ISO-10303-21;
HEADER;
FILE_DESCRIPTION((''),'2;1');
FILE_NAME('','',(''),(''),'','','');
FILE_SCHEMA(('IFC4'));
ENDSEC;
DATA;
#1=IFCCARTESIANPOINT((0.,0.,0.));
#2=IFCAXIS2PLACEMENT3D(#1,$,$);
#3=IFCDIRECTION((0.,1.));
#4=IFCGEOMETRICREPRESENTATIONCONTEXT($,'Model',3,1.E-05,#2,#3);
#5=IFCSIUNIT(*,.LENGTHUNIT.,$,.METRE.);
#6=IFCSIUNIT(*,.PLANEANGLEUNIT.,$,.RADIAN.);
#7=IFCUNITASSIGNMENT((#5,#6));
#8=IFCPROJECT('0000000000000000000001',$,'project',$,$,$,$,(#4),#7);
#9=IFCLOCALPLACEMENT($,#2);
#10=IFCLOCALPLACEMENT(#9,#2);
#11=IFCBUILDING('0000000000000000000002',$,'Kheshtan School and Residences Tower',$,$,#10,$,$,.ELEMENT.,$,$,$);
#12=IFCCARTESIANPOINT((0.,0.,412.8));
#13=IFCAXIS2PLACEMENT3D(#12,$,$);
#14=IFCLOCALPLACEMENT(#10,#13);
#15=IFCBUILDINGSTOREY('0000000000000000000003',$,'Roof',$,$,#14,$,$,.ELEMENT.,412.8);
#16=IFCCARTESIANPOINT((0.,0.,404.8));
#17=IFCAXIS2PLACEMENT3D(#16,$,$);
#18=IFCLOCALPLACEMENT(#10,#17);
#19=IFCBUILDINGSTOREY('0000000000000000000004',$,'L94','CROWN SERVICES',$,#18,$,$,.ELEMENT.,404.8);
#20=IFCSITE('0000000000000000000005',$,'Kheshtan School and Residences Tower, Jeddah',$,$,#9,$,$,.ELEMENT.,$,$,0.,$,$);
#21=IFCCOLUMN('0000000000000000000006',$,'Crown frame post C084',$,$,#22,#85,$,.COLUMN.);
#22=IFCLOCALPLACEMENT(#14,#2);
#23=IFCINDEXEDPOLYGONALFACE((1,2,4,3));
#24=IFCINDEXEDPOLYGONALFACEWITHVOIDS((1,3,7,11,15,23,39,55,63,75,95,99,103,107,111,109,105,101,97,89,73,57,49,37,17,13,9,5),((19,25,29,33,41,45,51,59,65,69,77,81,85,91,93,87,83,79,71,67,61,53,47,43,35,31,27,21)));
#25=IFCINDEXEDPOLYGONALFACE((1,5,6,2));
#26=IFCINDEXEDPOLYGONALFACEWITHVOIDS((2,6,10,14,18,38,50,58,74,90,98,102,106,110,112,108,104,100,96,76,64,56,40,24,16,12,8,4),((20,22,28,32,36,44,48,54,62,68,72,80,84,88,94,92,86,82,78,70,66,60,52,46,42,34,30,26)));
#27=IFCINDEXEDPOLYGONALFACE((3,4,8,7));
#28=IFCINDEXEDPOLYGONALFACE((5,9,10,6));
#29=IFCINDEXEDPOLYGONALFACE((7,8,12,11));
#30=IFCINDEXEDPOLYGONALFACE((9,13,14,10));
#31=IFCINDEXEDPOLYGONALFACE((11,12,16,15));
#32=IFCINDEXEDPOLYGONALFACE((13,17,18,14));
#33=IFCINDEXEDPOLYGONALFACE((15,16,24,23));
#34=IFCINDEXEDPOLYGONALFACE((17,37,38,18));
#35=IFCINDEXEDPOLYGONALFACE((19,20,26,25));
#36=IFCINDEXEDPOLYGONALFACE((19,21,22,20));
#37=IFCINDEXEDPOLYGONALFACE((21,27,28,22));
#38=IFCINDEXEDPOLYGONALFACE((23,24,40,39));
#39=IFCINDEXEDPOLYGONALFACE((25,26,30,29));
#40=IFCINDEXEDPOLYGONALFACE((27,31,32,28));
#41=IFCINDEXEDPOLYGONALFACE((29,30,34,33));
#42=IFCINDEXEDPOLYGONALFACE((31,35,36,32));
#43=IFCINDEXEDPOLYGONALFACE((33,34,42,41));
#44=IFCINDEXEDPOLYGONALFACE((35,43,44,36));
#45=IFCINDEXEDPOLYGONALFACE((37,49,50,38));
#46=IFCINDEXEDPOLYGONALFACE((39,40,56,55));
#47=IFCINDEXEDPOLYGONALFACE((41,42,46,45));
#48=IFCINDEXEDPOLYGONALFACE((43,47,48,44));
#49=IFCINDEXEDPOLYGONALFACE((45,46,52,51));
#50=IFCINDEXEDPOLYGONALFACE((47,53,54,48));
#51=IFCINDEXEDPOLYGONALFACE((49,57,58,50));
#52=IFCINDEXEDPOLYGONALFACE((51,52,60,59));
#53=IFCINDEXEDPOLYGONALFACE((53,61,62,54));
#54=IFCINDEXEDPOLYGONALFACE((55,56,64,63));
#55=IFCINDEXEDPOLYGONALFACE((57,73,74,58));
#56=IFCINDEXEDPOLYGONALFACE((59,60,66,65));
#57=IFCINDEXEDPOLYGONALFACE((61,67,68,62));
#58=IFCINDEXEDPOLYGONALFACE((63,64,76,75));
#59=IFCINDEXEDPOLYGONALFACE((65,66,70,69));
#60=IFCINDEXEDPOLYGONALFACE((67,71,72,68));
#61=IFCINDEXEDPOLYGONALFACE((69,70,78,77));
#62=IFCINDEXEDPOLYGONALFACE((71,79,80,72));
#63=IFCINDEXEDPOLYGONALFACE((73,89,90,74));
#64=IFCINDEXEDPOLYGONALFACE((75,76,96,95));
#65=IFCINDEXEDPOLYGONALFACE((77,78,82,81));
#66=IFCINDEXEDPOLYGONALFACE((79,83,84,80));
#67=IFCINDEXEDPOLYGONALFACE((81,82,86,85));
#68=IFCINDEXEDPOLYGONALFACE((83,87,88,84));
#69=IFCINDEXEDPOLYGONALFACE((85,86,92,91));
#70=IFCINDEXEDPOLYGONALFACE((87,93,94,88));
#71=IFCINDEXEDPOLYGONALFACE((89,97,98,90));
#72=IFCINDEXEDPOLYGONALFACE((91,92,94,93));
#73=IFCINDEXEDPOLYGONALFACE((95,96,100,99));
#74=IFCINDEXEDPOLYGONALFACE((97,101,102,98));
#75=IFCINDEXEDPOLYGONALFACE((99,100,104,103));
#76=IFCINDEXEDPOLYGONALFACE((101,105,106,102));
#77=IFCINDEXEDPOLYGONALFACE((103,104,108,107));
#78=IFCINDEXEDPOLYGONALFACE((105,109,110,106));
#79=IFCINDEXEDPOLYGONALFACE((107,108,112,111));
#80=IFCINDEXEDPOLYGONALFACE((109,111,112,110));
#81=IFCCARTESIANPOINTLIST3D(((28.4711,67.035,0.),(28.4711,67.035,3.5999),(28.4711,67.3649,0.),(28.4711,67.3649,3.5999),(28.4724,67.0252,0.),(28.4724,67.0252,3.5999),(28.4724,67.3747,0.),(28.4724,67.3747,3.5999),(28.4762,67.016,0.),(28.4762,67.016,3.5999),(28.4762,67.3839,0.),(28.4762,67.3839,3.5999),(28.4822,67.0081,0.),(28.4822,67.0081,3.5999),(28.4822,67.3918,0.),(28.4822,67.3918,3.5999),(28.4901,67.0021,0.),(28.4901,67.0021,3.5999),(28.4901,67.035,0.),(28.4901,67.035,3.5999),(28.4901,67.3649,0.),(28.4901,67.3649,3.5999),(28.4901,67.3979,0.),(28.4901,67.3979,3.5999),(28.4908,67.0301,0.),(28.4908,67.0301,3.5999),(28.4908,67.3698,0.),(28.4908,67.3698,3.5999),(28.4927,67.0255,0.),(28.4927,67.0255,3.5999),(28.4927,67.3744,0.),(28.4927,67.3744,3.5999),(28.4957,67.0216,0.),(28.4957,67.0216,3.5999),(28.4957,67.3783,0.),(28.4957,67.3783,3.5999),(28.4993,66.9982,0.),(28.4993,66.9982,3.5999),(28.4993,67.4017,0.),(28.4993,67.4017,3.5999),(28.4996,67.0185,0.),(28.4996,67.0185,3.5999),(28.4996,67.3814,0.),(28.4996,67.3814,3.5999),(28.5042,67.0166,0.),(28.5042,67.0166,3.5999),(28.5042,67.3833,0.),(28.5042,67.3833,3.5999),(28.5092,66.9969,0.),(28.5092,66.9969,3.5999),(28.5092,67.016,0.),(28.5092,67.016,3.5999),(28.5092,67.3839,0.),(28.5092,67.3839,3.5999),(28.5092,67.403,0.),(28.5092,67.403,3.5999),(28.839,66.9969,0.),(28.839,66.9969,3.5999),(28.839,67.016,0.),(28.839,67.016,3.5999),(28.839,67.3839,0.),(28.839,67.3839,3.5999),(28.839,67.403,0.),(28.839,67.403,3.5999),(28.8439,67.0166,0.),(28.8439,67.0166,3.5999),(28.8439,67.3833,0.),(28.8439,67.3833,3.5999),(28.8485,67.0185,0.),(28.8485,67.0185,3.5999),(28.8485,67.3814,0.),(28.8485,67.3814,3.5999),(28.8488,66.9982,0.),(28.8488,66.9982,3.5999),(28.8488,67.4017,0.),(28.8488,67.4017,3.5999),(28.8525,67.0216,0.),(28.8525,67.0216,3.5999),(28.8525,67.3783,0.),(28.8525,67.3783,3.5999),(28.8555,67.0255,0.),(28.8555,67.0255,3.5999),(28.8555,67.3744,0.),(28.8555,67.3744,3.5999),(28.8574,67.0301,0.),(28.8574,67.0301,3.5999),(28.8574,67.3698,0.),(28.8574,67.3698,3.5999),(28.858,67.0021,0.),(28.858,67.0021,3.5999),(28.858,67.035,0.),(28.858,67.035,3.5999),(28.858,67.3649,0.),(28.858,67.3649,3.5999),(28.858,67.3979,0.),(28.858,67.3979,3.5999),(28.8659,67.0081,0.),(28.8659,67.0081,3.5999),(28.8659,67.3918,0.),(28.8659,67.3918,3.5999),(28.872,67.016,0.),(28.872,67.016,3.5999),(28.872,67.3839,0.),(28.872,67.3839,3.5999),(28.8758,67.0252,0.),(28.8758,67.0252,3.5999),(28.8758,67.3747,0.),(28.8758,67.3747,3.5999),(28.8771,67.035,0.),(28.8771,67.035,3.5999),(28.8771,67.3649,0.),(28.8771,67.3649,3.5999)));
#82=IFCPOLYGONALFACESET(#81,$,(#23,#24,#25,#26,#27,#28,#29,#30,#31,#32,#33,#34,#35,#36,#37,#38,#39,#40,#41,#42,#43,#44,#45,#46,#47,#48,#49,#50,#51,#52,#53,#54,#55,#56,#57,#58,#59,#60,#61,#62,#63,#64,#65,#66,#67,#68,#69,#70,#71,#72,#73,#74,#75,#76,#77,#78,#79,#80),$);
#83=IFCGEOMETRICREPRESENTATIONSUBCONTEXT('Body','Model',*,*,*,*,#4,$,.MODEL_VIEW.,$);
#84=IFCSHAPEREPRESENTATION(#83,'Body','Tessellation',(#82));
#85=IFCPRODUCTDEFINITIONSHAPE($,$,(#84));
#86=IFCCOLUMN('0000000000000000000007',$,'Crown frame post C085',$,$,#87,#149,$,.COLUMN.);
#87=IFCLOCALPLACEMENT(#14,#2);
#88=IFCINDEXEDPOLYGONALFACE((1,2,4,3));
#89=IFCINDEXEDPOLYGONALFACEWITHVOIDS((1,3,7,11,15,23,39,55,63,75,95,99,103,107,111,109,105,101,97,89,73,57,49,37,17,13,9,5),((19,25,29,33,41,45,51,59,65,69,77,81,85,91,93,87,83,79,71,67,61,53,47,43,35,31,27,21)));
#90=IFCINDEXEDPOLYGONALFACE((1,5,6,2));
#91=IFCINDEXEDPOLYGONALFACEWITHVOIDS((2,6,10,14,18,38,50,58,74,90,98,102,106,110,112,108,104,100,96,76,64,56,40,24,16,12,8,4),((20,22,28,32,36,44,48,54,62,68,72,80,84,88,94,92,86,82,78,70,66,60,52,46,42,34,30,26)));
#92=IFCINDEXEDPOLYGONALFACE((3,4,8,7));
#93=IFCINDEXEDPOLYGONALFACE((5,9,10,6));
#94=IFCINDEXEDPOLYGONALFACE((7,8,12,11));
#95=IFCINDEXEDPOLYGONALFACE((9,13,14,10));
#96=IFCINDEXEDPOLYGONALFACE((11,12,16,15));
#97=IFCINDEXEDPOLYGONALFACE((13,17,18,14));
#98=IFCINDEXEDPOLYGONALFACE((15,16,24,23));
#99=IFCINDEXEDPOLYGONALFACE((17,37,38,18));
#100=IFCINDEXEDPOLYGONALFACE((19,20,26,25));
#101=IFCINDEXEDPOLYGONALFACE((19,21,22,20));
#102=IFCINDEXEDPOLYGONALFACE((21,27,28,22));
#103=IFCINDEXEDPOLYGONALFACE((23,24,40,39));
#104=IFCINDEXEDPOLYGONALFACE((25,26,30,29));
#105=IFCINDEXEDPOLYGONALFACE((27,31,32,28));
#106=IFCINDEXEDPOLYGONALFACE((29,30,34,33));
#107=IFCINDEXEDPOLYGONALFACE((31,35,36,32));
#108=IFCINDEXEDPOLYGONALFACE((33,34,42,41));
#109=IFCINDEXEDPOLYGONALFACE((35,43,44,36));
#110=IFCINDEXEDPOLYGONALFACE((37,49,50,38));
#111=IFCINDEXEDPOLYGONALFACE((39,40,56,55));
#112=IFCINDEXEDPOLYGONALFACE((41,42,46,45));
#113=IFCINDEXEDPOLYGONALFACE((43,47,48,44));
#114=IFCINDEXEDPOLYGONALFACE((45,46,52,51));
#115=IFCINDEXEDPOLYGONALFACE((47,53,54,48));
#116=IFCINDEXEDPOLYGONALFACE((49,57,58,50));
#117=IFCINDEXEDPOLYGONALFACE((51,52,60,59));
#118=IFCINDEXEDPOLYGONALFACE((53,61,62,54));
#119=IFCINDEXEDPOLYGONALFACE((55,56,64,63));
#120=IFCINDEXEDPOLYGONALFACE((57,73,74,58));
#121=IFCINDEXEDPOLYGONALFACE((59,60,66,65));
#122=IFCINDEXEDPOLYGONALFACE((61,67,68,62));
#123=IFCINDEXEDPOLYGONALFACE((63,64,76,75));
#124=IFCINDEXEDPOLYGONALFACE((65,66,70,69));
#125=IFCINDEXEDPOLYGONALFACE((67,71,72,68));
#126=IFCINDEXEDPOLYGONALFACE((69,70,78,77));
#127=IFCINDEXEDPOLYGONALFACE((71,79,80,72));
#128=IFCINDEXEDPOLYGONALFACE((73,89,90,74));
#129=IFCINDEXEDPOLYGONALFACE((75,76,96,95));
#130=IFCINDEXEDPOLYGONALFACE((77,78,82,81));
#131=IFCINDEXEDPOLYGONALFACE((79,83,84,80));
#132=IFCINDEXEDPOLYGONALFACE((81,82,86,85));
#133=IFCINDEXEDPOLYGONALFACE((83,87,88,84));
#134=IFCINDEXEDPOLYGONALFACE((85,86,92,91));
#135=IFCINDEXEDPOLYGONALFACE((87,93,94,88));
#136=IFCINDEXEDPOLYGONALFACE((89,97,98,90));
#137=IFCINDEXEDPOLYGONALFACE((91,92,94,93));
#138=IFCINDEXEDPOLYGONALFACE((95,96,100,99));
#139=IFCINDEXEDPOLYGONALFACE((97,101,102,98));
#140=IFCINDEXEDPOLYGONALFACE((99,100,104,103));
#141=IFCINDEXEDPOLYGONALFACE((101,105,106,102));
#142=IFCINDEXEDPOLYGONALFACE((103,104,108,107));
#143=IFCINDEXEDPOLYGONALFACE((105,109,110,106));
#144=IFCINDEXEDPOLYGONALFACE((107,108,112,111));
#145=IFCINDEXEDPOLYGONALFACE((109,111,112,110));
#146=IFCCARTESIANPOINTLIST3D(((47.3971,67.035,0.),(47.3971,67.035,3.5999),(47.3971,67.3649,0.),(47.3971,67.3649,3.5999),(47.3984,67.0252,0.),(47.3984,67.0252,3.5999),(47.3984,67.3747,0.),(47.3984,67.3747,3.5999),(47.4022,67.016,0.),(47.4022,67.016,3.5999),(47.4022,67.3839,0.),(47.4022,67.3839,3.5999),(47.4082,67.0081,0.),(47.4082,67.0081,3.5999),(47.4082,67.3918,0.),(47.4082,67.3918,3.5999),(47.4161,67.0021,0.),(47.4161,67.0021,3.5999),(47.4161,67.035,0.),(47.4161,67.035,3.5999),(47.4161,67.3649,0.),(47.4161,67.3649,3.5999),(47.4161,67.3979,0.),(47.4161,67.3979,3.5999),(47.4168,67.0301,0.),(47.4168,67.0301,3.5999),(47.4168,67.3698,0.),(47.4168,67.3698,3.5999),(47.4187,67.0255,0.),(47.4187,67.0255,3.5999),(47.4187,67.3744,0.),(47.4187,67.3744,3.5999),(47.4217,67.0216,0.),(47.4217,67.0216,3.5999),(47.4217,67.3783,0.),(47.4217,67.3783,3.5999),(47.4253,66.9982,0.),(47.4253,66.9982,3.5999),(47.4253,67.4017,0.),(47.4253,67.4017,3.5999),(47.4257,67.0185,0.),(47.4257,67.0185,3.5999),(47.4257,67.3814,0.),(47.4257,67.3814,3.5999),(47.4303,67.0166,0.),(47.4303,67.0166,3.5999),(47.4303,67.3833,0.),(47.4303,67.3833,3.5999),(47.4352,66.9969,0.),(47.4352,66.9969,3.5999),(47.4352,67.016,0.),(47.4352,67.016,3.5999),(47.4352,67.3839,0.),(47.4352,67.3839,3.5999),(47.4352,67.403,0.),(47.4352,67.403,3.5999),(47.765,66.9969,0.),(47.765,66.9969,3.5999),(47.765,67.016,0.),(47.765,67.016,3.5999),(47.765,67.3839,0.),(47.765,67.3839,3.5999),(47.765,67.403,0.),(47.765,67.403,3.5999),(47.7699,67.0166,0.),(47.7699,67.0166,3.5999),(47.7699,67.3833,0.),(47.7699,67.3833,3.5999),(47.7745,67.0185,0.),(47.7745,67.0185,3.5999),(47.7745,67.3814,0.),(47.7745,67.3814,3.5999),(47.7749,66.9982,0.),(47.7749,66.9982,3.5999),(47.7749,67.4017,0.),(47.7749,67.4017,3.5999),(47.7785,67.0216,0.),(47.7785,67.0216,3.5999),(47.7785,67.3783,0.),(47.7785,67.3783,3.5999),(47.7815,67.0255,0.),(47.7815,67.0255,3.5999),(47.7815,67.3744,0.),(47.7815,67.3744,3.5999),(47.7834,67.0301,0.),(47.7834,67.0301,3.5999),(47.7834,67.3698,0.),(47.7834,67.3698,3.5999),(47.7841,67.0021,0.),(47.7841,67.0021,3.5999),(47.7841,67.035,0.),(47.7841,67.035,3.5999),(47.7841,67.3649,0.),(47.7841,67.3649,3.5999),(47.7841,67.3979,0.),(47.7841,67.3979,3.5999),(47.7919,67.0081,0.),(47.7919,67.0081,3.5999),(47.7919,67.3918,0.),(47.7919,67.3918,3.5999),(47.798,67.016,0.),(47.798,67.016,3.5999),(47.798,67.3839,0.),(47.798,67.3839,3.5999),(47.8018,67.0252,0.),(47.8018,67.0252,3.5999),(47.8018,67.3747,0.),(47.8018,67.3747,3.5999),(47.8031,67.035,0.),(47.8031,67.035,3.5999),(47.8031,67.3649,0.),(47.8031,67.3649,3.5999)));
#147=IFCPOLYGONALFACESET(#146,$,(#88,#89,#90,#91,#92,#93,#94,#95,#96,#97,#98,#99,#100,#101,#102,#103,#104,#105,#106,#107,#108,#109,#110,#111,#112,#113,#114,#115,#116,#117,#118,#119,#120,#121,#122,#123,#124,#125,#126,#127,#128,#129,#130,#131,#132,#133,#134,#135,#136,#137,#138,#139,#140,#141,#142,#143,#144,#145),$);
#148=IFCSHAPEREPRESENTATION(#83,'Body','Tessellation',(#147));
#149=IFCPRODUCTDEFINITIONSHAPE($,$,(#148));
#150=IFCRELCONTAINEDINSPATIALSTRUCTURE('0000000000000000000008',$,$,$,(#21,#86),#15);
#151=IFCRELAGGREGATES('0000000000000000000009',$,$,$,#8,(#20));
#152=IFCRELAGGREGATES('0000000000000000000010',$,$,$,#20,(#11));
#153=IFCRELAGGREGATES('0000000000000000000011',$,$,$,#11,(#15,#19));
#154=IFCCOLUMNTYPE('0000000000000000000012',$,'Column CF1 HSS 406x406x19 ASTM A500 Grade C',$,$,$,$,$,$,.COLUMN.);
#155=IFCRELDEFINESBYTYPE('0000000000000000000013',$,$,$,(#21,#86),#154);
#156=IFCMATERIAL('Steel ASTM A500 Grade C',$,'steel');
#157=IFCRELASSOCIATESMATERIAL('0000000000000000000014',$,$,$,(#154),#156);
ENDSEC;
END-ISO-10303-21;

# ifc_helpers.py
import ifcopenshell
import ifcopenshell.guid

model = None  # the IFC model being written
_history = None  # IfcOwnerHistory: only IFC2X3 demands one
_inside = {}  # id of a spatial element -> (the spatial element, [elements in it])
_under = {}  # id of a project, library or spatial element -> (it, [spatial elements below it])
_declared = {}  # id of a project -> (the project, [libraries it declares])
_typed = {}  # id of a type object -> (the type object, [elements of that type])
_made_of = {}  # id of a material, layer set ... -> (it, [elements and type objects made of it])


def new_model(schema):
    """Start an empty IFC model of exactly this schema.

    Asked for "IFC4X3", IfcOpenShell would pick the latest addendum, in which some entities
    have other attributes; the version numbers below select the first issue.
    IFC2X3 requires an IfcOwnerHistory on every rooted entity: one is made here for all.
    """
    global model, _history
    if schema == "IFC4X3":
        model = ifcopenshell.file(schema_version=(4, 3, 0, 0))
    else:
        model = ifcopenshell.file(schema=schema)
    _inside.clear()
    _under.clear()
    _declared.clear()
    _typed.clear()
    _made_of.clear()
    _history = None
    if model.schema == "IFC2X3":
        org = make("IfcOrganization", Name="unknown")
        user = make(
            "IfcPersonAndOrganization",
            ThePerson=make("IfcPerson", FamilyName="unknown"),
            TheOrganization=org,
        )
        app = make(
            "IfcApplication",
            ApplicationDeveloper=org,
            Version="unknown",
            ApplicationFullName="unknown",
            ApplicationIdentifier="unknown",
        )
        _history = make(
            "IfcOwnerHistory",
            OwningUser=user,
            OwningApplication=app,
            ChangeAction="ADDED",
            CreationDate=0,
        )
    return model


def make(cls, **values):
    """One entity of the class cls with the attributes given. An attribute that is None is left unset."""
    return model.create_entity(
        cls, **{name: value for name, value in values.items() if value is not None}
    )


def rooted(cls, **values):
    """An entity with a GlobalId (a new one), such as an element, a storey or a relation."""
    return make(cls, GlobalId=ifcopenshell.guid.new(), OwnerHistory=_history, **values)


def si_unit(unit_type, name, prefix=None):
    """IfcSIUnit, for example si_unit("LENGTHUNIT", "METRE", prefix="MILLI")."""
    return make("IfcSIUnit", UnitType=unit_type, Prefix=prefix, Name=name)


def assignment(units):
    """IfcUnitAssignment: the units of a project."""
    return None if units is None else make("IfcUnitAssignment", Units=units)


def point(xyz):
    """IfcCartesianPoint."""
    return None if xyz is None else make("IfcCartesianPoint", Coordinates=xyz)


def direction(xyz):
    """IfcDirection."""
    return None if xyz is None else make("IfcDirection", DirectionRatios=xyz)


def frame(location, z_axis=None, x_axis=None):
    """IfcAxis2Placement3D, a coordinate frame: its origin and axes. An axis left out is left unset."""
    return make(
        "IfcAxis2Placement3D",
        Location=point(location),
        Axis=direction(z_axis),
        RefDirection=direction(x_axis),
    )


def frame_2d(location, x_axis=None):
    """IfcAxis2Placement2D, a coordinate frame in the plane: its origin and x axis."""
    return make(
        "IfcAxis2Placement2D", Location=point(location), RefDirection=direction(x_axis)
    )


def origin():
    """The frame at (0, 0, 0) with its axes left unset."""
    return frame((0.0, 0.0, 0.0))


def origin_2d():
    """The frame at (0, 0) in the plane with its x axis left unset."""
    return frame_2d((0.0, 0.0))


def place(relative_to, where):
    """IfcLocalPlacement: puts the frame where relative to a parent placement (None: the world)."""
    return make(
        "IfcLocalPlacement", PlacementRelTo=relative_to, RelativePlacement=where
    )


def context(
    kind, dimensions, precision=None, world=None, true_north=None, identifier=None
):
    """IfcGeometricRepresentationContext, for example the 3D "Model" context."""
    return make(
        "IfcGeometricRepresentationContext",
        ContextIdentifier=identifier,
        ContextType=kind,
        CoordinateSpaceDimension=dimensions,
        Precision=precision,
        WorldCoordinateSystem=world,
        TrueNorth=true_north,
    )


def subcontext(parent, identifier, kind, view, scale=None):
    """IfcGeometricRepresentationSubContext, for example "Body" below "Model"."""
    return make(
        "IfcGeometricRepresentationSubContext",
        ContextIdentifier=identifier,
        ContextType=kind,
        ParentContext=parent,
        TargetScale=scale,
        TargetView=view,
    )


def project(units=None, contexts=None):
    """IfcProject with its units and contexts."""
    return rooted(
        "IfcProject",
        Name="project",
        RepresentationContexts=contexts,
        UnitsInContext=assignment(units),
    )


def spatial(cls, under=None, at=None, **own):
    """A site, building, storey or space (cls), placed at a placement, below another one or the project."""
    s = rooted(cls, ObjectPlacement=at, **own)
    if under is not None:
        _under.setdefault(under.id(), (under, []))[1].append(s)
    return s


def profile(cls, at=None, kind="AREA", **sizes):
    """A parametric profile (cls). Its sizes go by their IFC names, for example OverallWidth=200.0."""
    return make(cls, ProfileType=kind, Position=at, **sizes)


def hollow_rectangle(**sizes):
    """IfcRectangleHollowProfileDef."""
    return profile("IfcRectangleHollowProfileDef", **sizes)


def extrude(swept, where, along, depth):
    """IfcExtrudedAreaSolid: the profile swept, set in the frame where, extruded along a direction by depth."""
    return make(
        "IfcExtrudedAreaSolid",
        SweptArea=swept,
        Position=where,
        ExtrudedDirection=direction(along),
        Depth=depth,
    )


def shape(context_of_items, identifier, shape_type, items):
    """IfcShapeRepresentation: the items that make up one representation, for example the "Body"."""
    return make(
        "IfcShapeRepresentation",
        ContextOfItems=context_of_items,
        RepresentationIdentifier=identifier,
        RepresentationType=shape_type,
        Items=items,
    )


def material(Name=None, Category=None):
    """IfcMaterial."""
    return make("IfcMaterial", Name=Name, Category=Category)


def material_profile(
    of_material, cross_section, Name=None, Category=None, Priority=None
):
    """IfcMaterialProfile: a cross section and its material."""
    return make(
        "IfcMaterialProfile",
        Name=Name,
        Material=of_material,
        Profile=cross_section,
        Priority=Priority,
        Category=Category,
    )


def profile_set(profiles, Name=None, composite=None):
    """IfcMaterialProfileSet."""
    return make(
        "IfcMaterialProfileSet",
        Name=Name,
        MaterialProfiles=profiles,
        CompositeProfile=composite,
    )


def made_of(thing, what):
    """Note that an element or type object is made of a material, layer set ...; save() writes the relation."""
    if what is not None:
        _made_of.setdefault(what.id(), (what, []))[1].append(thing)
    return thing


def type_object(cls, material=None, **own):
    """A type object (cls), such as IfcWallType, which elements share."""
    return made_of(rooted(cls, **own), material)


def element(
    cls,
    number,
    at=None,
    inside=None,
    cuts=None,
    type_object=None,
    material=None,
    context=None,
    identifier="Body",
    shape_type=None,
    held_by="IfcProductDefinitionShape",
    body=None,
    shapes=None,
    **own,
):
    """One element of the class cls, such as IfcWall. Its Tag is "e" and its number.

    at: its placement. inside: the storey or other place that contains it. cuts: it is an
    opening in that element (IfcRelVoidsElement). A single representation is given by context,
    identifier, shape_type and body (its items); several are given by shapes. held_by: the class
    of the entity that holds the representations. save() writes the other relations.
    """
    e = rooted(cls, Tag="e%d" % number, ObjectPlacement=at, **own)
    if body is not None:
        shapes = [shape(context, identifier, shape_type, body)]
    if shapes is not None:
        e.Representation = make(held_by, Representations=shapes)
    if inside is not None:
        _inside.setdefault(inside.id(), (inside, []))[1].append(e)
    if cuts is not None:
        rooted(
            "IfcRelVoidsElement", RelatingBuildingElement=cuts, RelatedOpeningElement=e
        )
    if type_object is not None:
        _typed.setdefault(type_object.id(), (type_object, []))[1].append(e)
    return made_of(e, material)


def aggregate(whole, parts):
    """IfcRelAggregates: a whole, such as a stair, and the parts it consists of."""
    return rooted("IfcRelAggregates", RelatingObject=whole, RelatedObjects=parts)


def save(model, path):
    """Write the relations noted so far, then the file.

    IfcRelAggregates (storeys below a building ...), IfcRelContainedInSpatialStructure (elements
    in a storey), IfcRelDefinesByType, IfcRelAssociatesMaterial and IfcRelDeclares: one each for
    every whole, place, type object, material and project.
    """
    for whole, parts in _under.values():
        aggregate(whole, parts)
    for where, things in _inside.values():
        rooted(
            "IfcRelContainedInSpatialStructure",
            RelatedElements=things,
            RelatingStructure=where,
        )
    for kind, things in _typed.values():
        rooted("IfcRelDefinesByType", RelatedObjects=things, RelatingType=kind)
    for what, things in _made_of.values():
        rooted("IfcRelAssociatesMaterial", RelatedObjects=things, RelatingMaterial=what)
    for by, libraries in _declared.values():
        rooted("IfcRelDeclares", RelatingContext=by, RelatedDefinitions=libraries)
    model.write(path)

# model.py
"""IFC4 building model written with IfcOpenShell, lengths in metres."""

from ifc_helpers import new_model, si_unit, direction, frame, origin, origin_2d, place, context, subcontext, project, spatial, hollow_rectangle, extrude, material, material_profile, profile_set, type_object, element, save


model = new_model("IFC4")

# Units and contexts
model_context = context("Model", 3, precision=1e-05, world=origin(), true_north=direction((0.0, 1.0)))
body_context = subcontext(model_context, "Body", "Model", "MODEL_VIEW")
ifc_project = project(units=[si_unit("LENGTHUNIT", "METRE"), si_unit("PLANEANGLEUNIT", "RADIAN")], contexts=[model_context])

# Site, building, storey
site_placement = place(None, origin())
site = spatial("IfcSite", under=ifc_project, at=site_placement, Name="Kheshtan School and Residences Tower, Jeddah", CompositionType="ELEMENT", RefElevation=0.0)
building_placement = place(site_placement, origin())
building = spatial("IfcBuilding", under=site, at=building_placement, Name="Kheshtan School and Residences Tower", CompositionType="ELEMENT")
storey_1_placement = place(building_placement, frame((0.0, 0.0, 412.8)))
storey_1 = spatial("IfcBuildingStorey", under=building, at=storey_1_placement, Name="Roof", CompositionType="ELEMENT", Elevation=412.8)

# Columns
ifc_material_1 = material(Name="Steel ASTM A500 Grade C", Category="steel")
ifc_material_profile = material_profile(ifc_material_1, hollow_rectangle(XDim=0.406, YDim=0.406, WallThickness=0.019, InnerFilletRadius=0.019, OuterFilletRadius=0.0381, at=origin_2d()), Name="HSS 406x406x19")
ifc_profile_set = profile_set([ifc_material_profile], Name="Steel ASTM A500 Grade C")
column_type = type_object("IfcColumnType", Name="Column CF1 HSS 406x406x19 ASTM A500 Grade C", PredefinedType="COLUMN", material=ifc_profile_set)
for number, where, z_axis, x_axis, name in (
    (1, (28.6741, 67.2, 0.0), (0.0, 0.0, 1.0), (1.0, 0.0, 0.0), "Crown frame post C084"),
    (2, (47.6001, 67.2, 0.0), (0.0, 0.0, 1.0), (1.0, 0.0, 0.0), "Crown frame post C085"),
):
    element("IfcColumn", number, at=place(storey_1_placement, frame(where, z_axis=z_axis, x_axis=x_axis)), inside=storey_1, type_object=column_type, Name=name, PredefinedType="COLUMN", context=body_context, shape_type="SweptSolid", body=[
        extrude(hollow_rectangle(XDim=0.406, YDim=0.406, WallThickness=0.019, InnerFilletRadius=0.019, OuterFilletRadius=0.0381, at=origin_2d()), origin(), (0.0, 0.0, 1.0), 3.5999),
    ])

# Shared definitions
storey_2_placement = place(building_placement, frame((0.0, 0.0, 404.8)))
storey_2 = spatial("IfcBuildingStorey", under=building, at=storey_2_placement, Name="L94", Description="CROWN SERVICES", CompositionType="ELEMENT", Elevation=404.8)

save(model, "model.ifc")
